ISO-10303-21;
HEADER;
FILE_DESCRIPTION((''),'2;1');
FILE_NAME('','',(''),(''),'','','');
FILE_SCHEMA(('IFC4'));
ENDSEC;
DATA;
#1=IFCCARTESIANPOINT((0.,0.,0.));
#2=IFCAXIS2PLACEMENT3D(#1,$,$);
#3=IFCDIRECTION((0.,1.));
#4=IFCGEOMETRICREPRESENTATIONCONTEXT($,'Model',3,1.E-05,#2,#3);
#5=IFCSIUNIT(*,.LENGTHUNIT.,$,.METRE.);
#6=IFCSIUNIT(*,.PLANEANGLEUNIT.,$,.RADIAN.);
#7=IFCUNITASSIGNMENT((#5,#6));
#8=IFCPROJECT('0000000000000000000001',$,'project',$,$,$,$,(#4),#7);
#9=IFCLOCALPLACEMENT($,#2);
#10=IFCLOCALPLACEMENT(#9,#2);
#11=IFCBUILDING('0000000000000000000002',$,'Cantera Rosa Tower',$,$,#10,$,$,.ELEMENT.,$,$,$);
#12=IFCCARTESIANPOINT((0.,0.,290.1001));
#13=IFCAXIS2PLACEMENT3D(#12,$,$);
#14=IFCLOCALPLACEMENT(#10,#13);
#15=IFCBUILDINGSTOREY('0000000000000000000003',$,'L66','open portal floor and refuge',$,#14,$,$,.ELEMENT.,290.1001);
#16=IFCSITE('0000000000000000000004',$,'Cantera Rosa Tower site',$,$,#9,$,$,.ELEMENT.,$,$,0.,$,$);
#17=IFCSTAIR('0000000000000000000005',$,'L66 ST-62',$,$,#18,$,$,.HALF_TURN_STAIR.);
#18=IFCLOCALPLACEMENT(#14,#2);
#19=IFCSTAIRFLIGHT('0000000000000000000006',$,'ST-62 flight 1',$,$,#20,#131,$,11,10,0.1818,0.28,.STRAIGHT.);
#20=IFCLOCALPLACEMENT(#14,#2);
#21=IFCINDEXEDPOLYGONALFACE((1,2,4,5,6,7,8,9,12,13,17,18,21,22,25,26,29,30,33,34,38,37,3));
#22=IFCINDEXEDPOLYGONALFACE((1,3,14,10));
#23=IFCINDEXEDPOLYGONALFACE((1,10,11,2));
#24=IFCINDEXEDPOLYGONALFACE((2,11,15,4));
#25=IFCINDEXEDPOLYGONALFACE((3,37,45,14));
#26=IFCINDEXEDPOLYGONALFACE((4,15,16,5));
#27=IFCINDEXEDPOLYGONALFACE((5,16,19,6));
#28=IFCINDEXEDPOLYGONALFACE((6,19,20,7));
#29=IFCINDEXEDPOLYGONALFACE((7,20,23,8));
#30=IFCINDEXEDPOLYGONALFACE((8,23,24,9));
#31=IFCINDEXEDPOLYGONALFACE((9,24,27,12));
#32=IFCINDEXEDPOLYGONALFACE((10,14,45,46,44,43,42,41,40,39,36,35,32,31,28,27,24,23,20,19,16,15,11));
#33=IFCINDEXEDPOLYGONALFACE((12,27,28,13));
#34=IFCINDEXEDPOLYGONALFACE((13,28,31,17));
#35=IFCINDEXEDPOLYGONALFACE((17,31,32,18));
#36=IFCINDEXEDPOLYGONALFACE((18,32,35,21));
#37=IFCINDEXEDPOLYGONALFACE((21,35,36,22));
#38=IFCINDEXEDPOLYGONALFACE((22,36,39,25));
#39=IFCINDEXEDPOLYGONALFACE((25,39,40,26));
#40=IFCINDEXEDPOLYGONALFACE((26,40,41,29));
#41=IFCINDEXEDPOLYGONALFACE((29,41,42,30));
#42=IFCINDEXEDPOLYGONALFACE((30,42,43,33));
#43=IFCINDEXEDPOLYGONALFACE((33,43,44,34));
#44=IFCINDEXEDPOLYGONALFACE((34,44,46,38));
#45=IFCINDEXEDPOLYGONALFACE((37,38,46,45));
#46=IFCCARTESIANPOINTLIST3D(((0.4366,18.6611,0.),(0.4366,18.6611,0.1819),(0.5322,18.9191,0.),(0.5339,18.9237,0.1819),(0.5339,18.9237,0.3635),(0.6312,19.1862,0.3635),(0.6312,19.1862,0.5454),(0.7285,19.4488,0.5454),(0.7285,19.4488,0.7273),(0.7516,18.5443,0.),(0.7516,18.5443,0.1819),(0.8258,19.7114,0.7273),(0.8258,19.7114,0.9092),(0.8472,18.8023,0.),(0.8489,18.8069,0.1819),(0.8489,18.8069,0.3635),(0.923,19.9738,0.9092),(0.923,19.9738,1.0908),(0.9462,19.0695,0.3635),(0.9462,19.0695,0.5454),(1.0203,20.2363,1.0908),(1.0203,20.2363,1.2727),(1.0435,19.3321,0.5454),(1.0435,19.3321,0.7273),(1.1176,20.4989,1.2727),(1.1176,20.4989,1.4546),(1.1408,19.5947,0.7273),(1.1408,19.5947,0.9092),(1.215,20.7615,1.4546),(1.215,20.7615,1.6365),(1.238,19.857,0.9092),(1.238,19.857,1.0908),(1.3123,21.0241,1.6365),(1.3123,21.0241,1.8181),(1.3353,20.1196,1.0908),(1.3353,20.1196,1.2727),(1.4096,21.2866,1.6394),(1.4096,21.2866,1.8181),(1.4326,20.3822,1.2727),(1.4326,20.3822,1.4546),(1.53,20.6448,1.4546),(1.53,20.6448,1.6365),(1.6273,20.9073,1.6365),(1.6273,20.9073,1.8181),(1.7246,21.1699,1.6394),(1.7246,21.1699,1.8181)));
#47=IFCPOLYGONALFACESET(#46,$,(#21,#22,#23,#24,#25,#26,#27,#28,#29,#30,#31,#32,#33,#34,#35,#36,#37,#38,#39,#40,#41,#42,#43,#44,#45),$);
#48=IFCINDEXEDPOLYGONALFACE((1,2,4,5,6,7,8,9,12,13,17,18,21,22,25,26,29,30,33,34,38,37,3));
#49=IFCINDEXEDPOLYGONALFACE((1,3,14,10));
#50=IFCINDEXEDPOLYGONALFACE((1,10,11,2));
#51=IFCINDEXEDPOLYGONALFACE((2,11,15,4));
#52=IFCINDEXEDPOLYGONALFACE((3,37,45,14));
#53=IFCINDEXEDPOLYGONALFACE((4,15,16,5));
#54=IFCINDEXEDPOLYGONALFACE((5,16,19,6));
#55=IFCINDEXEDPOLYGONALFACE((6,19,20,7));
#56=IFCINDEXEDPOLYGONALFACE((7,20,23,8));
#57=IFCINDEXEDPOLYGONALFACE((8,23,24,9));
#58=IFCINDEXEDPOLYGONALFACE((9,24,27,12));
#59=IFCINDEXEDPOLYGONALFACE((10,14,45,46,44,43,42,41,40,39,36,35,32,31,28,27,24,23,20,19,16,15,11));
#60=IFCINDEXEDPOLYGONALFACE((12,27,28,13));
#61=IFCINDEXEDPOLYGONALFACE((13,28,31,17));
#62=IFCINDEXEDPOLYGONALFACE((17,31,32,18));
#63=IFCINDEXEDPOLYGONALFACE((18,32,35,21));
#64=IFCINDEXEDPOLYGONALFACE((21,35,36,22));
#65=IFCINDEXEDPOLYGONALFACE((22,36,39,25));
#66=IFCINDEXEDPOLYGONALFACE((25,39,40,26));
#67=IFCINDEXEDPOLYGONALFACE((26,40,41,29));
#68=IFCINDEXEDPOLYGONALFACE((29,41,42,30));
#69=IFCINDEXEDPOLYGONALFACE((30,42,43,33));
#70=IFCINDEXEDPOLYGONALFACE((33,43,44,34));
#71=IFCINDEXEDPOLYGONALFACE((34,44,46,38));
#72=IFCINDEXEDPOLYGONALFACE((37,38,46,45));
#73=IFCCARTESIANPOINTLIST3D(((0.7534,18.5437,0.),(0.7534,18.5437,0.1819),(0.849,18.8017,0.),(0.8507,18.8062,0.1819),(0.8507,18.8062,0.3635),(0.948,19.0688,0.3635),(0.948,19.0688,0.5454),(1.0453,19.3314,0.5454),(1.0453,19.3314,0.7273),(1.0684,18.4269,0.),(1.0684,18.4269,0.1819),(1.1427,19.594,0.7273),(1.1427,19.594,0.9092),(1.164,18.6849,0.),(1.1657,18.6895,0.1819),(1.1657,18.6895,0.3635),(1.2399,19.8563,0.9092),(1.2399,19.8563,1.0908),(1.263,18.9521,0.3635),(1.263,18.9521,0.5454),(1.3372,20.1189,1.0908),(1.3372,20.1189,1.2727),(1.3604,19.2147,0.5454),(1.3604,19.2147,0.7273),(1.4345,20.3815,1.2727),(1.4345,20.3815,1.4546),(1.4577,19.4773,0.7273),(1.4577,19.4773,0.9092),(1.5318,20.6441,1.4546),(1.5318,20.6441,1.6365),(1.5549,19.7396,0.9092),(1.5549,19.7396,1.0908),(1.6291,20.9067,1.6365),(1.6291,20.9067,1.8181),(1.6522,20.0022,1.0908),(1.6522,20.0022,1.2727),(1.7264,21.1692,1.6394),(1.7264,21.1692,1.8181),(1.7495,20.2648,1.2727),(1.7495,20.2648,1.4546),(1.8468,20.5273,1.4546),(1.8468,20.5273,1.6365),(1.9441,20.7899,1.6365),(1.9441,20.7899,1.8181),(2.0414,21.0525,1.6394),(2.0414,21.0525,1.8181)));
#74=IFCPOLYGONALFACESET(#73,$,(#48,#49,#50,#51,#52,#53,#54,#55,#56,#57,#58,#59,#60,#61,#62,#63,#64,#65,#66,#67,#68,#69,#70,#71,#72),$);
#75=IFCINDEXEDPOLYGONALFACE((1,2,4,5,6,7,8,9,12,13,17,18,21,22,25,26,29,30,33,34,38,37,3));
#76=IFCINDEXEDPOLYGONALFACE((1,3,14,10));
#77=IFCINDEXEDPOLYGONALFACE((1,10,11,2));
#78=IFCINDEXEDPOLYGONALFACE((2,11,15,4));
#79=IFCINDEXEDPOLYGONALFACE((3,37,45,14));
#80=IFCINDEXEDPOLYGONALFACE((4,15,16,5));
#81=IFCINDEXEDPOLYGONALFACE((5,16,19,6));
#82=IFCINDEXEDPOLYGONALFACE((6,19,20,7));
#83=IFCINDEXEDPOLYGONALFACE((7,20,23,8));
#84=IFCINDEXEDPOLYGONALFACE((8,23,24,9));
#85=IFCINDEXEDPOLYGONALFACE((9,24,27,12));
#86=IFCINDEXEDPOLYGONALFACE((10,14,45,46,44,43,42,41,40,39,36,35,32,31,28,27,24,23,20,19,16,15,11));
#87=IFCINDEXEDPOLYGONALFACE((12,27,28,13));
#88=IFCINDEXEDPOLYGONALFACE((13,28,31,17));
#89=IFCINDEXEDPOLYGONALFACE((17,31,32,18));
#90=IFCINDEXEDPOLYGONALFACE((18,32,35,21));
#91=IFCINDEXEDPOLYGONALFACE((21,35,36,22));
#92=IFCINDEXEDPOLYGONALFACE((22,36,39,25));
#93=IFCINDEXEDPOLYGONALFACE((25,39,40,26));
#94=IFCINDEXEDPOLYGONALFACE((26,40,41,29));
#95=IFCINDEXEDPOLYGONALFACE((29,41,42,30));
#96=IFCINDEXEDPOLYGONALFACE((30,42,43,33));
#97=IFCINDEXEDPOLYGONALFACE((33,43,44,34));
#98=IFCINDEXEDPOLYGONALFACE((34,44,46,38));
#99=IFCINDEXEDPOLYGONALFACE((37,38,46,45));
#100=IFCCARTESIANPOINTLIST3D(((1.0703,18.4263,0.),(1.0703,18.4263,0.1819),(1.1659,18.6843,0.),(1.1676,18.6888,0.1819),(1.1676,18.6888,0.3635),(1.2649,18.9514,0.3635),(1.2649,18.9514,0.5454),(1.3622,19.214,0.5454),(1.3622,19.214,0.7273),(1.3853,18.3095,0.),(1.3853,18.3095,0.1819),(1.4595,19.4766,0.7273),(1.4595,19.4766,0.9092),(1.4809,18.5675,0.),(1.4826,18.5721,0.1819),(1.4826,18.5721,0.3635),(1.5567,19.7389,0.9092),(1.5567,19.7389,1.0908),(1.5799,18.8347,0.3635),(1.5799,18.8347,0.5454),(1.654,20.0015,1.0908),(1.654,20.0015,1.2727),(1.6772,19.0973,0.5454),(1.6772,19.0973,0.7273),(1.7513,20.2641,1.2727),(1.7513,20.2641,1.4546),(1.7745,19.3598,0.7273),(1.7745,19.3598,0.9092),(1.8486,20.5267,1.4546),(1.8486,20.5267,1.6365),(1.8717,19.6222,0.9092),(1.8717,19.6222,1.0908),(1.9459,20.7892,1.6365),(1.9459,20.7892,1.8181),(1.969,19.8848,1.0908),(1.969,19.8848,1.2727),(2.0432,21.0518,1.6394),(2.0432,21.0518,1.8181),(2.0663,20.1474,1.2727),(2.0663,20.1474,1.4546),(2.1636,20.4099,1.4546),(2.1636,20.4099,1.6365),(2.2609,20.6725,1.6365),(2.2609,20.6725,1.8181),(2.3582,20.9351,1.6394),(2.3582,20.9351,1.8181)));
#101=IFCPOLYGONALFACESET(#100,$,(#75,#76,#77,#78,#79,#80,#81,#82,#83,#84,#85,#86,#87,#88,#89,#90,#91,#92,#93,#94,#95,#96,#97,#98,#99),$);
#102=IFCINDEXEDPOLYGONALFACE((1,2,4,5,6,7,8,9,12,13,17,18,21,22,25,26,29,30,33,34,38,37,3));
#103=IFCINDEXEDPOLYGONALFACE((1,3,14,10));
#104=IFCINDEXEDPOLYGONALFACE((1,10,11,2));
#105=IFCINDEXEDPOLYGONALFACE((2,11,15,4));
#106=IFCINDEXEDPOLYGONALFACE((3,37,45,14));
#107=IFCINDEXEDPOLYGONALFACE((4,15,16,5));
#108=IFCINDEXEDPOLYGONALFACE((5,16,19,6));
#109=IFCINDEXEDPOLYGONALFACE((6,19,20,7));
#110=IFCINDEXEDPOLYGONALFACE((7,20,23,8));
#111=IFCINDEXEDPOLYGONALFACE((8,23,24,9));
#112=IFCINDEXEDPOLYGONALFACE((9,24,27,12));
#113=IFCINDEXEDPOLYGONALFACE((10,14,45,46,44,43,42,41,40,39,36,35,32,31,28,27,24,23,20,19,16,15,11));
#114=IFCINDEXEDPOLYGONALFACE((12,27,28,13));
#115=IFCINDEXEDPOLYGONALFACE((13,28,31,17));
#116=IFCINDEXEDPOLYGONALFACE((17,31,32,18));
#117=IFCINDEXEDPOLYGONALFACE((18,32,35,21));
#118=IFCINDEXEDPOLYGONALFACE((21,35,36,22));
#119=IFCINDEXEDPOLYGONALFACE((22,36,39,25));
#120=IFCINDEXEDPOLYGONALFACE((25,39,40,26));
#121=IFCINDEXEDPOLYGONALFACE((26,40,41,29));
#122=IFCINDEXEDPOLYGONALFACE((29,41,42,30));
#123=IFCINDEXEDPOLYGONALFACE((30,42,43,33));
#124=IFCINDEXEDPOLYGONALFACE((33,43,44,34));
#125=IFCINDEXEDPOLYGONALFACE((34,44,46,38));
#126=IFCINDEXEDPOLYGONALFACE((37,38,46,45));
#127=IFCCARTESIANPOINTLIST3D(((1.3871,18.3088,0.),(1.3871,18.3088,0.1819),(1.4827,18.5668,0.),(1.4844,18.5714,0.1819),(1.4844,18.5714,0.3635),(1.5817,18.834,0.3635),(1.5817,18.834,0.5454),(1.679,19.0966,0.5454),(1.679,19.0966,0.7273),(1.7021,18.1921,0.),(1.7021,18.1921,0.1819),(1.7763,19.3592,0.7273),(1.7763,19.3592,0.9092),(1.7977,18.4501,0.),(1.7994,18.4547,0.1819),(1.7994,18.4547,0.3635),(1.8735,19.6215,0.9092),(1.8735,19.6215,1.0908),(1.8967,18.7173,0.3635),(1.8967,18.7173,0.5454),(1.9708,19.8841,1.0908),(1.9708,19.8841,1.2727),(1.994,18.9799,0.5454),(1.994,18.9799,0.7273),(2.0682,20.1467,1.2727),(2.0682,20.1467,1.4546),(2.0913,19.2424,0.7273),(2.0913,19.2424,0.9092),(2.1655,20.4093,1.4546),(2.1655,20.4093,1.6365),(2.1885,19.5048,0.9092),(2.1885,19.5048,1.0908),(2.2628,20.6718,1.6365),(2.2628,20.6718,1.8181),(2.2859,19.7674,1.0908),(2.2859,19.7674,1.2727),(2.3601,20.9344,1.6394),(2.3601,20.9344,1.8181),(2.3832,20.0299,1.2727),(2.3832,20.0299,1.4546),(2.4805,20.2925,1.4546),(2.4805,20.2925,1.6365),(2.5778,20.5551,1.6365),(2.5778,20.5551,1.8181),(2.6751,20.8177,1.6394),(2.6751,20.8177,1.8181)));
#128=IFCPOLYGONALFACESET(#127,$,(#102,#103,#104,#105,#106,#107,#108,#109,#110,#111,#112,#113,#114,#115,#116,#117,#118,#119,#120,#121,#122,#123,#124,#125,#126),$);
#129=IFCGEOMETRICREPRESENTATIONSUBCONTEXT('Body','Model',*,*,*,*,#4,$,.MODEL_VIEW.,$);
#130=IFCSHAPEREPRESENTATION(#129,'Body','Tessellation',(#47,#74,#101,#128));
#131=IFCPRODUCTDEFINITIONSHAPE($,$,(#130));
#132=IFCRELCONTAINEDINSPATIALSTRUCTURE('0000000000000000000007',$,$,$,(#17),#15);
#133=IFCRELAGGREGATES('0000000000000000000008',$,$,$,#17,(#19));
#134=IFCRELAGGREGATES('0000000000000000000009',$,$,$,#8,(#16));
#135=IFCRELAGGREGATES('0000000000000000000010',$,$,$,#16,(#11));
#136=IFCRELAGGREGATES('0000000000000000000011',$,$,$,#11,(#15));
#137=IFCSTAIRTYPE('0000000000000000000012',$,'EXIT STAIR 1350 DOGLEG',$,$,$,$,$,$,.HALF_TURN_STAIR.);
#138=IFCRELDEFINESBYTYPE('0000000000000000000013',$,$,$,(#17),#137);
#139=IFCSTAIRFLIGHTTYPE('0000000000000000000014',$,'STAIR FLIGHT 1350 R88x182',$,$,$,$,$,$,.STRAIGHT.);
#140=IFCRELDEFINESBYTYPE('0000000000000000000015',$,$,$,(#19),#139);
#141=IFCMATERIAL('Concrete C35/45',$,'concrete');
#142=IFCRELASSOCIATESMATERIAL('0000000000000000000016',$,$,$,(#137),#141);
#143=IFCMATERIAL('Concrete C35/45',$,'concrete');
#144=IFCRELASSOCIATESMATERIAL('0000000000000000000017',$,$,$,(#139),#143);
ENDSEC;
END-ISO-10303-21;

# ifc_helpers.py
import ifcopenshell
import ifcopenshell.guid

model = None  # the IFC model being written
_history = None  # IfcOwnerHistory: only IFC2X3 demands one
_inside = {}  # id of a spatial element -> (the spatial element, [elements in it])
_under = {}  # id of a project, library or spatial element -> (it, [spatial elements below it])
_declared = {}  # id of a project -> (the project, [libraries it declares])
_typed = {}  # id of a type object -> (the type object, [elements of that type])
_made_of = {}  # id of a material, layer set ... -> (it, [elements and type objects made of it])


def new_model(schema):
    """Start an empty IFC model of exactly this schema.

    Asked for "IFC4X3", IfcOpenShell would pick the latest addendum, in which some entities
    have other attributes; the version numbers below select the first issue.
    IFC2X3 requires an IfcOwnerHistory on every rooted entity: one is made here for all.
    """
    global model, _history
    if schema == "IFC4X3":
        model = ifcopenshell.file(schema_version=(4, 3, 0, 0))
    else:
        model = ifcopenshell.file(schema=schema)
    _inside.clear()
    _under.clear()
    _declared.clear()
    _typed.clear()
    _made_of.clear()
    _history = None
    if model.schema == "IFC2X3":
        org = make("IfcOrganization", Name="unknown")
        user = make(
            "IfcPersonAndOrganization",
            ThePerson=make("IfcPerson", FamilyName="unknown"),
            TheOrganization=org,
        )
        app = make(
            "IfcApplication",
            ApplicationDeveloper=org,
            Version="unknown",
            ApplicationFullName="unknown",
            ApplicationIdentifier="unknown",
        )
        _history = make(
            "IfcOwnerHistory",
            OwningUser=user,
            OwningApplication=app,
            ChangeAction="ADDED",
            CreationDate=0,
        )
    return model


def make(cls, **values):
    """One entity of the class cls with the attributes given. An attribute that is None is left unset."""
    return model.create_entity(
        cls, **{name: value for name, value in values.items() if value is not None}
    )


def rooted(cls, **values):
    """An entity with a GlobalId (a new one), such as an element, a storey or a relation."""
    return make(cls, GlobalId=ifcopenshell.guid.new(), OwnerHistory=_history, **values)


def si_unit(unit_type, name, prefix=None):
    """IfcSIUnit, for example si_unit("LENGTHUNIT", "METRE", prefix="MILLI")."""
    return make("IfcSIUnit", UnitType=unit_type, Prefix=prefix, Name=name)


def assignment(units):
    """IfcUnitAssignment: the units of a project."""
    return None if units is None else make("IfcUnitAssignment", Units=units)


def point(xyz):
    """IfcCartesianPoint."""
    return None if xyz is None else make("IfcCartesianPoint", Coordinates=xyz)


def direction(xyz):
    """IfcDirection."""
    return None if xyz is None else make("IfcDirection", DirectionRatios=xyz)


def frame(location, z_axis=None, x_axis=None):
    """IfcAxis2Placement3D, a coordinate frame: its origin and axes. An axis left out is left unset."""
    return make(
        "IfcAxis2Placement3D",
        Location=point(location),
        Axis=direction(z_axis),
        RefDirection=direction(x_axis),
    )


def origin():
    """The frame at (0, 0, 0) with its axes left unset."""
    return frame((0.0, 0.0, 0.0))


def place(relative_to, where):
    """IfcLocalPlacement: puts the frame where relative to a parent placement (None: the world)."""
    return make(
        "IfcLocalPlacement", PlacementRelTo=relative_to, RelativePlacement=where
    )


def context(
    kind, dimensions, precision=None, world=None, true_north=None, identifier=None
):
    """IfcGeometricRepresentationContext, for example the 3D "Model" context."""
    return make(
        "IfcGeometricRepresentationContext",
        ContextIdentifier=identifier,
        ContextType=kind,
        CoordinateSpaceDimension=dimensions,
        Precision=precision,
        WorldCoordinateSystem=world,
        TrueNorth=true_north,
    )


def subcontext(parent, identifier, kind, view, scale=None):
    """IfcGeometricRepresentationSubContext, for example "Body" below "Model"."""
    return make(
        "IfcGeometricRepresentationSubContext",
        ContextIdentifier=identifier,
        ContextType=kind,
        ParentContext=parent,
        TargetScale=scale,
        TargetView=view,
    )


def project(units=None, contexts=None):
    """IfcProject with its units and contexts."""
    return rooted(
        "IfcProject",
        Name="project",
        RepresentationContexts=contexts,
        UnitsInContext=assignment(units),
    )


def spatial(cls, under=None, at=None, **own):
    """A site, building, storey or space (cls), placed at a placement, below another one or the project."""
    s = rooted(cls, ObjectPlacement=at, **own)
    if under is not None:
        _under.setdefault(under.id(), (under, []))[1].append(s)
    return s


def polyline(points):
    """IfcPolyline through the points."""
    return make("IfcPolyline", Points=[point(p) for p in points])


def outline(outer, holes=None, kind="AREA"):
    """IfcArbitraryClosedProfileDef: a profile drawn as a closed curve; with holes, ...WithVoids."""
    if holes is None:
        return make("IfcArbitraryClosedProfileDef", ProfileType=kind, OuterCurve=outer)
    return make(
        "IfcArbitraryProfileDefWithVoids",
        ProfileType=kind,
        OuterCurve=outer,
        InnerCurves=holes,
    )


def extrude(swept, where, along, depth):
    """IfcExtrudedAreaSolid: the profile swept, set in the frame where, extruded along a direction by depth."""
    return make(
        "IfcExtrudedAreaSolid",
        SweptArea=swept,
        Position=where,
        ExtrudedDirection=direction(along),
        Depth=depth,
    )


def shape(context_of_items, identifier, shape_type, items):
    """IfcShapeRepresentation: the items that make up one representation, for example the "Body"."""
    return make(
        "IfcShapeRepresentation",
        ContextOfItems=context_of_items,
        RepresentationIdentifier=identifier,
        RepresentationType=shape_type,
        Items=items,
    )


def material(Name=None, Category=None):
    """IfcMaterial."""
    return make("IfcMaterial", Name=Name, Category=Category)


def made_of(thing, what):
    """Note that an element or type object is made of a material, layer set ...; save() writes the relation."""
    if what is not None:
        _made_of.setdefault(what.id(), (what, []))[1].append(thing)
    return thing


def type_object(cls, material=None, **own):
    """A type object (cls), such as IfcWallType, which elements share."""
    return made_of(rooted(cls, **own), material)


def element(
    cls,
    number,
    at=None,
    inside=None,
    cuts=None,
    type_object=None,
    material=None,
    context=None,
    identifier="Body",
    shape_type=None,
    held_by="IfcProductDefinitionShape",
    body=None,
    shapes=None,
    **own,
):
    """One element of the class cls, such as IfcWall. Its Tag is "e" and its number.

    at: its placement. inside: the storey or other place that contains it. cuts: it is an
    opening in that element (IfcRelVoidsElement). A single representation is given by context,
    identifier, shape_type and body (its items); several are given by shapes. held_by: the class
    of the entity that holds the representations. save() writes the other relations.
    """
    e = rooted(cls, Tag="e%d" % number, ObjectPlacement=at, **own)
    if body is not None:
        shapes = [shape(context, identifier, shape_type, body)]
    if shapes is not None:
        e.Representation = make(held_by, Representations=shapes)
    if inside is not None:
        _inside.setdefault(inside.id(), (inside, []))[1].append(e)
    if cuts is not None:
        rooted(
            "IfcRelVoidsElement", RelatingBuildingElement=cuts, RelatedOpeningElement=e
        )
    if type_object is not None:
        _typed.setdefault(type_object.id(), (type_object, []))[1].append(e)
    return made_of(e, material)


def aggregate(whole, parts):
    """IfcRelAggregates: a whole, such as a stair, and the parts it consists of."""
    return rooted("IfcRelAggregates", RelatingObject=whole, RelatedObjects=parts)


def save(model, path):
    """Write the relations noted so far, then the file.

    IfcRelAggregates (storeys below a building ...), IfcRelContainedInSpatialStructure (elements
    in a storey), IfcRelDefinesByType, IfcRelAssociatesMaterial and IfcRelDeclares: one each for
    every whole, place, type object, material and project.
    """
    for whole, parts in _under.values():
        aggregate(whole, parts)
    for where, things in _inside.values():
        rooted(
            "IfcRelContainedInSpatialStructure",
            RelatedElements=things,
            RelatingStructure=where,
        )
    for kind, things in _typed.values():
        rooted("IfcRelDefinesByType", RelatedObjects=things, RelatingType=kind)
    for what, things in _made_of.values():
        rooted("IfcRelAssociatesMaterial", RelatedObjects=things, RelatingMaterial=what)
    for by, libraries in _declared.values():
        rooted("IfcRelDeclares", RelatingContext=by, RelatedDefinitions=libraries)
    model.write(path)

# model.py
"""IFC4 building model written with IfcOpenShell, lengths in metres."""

from ifc_helpers import new_model, si_unit, direction, frame, origin, place, context, subcontext, project, spatial, polyline, outline, extrude, material, type_object, element, aggregate, save


model = new_model("IFC4")

# Units and contexts
model_context = context("Model", 3, precision=1e-05, world=origin(), true_north=direction((0.0, 1.0)))
body_context = subcontext(model_context, "Body", "Model", "MODEL_VIEW")
ifc_project = project(units=[si_unit("LENGTHUNIT", "METRE"), si_unit("PLANEANGLEUNIT", "RADIAN")], contexts=[model_context])

# Site, building, storey
site_placement = place(None, origin())
site = spatial("IfcSite", under=ifc_project, at=site_placement, Name="Cantera Rosa Tower site", CompositionType="ELEMENT", RefElevation=0.0)
building_placement = place(site_placement, origin())
building = spatial("IfcBuilding", under=site, at=building_placement, Name="Cantera Rosa Tower", CompositionType="ELEMENT")
storey_placement = place(building_placement, frame((0.0, 0.0, 290.1001)))
storey = spatial("IfcBuildingStorey", under=building, at=storey_placement, Name="L66", Description="open portal floor and refuge", CompositionType="ELEMENT", Elevation=290.1001)

# Stair, stair flight
ifc_material_1 = material(Name="Concrete C35/45", Category="concrete")
stair_type = type_object("IfcStairType", Name="EXIT STAIR 1350 DOGLEG", PredefinedType="HALF_TURN_STAIR", material=ifc_material_1)
stair_placement = place(storey_placement, origin())
stair = element("IfcStair", 1, at=stair_placement, inside=storey, type_object=stair_type, Name="L66 ST-62", PredefinedType="HALF_TURN_STAIR")
ifc_material_2 = material(Name="Concrete C35/45", Category="concrete")
stair_flight_type = type_object("IfcStairFlightType", Name="STAIR FLIGHT 1350 R88x182", PredefinedType="STRAIGHT", material=ifc_material_2)
stair_flight_1_placement = place(storey_placement, frame((1.0696, 18.4265, 0.0), z_axis=(0.0, 0.0, 1.0), x_axis=(0.347481, 0.937687, 0.0)))
stair_flight_1 = element("IfcStairFlight", 2, at=stair_flight_1_placement, type_object=stair_flight_type, Name="ST-62 flight 1", NumberOfRisers=11, NumberOfTreads=10, PredefinedType="STRAIGHT", RiserHeight=0.1818, TreadLength=0.28, context=body_context, shape_type="SweptSolid", body=[
    extrude(outline(polyline([(0.0, 0.0), (0.0, 0.1819), (0.28, 0.1819), (0.28, 0.3635), (0.5601, 0.3635), (0.5601, 0.5454), (0.8401, 0.5454), (0.8401, 0.7273), (1.1201, 0.7273), (1.1201, 0.9092), (1.3999, 0.9092), (1.3999, 1.0908), (1.6799, 1.0908), (1.6799, 1.2727), (1.96, 1.2727), (1.96, 1.4546), (2.24, 1.4546), (2.24, 1.6365), (2.52, 1.6365), (2.52, 1.8181), (2.8, 1.8181), (2.8, 2.0), (2.8, 1.6394), (0.2751, 0.0), (0.0, 0.0)])), frame((0.0, 0.675, 0.0), z_axis=(0.0, -1.0, 0.0), x_axis=(1.0, 0.0, 0.0)), (0.0, 0.0, 1.0), 0.3359),
    extrude(outline(polyline([(0.0, 0.0), (0.0, 0.1819), (0.28, 0.1819), (0.28, 0.3635), (0.5601, 0.3635), (0.5601, 0.5454), (0.8401, 0.5454), (0.8401, 0.7273), (1.1201, 0.7273), (1.1201, 0.9092), (1.3999, 0.9092), (1.3999, 1.0908), (1.6799, 1.0908), (1.6799, 1.2727), (1.96, 1.2727), (1.96, 1.4546), (2.24, 1.4546), (2.24, 1.6365), (2.52, 1.6365), (2.52, 1.8181), (2.8, 1.8181), (2.8, 2.0), (2.8, 1.6394), (0.2751, 0.0), (0.0, 0.0)])), frame((0.0, 0.3372, 0.0), z_axis=(0.0, -1.0, 0.0), x_axis=(1.0, 0.0, 0.0)), (0.0, 0.0, 1.0), 0.3359),
    extrude(outline(polyline([(0.0, 0.0), (0.0, 0.1819), (0.28, 0.1819), (0.28, 0.3635), (0.5601, 0.3635), (0.5601, 0.5454), (0.8401, 0.5454), (0.8401, 0.7273), (1.1201, 0.7273), (1.1201, 0.9092), (1.3999, 0.9092), (1.3999, 1.0908), (1.6799, 1.0908), (1.6799, 1.2727), (1.96, 1.2727), (1.96, 1.4546), (2.24, 1.4546), (2.24, 1.6365), (2.52, 1.6365), (2.52, 1.8181), (2.8, 1.8181), (2.8, 2.0), (2.8, 1.6394), (0.2751, 0.0), (0.0, 0.0)])), frame((0.0, -0.0007, 0.0), z_axis=(0.0, -1.0, 0.0), x_axis=(1.0, 0.0, 0.0)), (0.0, 0.0, 1.0), 0.3359),
    extrude(outline(polyline([(0.0, 0.0), (0.0, 0.1819), (0.28, 0.1819), (0.28, 0.3635), (0.5601, 0.3635), (0.5601, 0.5454), (0.8401, 0.5454), (0.8401, 0.7273), (1.1201, 0.7273), (1.1201, 0.9092), (1.3999, 0.9092), (1.3999, 1.0908), (1.6799, 1.0908), (1.6799, 1.2727), (1.96, 1.2727), (1.96, 1.4546), (2.24, 1.4546), (2.24, 1.6365), (2.52, 1.6365), (2.52, 1.8181), (2.8, 1.8181), (2.8, 2.0), (2.8, 1.6394), (0.2751, 0.0), (0.0, 0.0)])), frame((0.0, -0.3386, 0.0), z_axis=(0.0, -1.0, 0.0), x_axis=(1.0, 0.0, 0.0)), (0.0, 0.0, 1.0), 0.3359),
])
aggregate(stair, [stair_flight_1])

save(model, "model.ifc")
